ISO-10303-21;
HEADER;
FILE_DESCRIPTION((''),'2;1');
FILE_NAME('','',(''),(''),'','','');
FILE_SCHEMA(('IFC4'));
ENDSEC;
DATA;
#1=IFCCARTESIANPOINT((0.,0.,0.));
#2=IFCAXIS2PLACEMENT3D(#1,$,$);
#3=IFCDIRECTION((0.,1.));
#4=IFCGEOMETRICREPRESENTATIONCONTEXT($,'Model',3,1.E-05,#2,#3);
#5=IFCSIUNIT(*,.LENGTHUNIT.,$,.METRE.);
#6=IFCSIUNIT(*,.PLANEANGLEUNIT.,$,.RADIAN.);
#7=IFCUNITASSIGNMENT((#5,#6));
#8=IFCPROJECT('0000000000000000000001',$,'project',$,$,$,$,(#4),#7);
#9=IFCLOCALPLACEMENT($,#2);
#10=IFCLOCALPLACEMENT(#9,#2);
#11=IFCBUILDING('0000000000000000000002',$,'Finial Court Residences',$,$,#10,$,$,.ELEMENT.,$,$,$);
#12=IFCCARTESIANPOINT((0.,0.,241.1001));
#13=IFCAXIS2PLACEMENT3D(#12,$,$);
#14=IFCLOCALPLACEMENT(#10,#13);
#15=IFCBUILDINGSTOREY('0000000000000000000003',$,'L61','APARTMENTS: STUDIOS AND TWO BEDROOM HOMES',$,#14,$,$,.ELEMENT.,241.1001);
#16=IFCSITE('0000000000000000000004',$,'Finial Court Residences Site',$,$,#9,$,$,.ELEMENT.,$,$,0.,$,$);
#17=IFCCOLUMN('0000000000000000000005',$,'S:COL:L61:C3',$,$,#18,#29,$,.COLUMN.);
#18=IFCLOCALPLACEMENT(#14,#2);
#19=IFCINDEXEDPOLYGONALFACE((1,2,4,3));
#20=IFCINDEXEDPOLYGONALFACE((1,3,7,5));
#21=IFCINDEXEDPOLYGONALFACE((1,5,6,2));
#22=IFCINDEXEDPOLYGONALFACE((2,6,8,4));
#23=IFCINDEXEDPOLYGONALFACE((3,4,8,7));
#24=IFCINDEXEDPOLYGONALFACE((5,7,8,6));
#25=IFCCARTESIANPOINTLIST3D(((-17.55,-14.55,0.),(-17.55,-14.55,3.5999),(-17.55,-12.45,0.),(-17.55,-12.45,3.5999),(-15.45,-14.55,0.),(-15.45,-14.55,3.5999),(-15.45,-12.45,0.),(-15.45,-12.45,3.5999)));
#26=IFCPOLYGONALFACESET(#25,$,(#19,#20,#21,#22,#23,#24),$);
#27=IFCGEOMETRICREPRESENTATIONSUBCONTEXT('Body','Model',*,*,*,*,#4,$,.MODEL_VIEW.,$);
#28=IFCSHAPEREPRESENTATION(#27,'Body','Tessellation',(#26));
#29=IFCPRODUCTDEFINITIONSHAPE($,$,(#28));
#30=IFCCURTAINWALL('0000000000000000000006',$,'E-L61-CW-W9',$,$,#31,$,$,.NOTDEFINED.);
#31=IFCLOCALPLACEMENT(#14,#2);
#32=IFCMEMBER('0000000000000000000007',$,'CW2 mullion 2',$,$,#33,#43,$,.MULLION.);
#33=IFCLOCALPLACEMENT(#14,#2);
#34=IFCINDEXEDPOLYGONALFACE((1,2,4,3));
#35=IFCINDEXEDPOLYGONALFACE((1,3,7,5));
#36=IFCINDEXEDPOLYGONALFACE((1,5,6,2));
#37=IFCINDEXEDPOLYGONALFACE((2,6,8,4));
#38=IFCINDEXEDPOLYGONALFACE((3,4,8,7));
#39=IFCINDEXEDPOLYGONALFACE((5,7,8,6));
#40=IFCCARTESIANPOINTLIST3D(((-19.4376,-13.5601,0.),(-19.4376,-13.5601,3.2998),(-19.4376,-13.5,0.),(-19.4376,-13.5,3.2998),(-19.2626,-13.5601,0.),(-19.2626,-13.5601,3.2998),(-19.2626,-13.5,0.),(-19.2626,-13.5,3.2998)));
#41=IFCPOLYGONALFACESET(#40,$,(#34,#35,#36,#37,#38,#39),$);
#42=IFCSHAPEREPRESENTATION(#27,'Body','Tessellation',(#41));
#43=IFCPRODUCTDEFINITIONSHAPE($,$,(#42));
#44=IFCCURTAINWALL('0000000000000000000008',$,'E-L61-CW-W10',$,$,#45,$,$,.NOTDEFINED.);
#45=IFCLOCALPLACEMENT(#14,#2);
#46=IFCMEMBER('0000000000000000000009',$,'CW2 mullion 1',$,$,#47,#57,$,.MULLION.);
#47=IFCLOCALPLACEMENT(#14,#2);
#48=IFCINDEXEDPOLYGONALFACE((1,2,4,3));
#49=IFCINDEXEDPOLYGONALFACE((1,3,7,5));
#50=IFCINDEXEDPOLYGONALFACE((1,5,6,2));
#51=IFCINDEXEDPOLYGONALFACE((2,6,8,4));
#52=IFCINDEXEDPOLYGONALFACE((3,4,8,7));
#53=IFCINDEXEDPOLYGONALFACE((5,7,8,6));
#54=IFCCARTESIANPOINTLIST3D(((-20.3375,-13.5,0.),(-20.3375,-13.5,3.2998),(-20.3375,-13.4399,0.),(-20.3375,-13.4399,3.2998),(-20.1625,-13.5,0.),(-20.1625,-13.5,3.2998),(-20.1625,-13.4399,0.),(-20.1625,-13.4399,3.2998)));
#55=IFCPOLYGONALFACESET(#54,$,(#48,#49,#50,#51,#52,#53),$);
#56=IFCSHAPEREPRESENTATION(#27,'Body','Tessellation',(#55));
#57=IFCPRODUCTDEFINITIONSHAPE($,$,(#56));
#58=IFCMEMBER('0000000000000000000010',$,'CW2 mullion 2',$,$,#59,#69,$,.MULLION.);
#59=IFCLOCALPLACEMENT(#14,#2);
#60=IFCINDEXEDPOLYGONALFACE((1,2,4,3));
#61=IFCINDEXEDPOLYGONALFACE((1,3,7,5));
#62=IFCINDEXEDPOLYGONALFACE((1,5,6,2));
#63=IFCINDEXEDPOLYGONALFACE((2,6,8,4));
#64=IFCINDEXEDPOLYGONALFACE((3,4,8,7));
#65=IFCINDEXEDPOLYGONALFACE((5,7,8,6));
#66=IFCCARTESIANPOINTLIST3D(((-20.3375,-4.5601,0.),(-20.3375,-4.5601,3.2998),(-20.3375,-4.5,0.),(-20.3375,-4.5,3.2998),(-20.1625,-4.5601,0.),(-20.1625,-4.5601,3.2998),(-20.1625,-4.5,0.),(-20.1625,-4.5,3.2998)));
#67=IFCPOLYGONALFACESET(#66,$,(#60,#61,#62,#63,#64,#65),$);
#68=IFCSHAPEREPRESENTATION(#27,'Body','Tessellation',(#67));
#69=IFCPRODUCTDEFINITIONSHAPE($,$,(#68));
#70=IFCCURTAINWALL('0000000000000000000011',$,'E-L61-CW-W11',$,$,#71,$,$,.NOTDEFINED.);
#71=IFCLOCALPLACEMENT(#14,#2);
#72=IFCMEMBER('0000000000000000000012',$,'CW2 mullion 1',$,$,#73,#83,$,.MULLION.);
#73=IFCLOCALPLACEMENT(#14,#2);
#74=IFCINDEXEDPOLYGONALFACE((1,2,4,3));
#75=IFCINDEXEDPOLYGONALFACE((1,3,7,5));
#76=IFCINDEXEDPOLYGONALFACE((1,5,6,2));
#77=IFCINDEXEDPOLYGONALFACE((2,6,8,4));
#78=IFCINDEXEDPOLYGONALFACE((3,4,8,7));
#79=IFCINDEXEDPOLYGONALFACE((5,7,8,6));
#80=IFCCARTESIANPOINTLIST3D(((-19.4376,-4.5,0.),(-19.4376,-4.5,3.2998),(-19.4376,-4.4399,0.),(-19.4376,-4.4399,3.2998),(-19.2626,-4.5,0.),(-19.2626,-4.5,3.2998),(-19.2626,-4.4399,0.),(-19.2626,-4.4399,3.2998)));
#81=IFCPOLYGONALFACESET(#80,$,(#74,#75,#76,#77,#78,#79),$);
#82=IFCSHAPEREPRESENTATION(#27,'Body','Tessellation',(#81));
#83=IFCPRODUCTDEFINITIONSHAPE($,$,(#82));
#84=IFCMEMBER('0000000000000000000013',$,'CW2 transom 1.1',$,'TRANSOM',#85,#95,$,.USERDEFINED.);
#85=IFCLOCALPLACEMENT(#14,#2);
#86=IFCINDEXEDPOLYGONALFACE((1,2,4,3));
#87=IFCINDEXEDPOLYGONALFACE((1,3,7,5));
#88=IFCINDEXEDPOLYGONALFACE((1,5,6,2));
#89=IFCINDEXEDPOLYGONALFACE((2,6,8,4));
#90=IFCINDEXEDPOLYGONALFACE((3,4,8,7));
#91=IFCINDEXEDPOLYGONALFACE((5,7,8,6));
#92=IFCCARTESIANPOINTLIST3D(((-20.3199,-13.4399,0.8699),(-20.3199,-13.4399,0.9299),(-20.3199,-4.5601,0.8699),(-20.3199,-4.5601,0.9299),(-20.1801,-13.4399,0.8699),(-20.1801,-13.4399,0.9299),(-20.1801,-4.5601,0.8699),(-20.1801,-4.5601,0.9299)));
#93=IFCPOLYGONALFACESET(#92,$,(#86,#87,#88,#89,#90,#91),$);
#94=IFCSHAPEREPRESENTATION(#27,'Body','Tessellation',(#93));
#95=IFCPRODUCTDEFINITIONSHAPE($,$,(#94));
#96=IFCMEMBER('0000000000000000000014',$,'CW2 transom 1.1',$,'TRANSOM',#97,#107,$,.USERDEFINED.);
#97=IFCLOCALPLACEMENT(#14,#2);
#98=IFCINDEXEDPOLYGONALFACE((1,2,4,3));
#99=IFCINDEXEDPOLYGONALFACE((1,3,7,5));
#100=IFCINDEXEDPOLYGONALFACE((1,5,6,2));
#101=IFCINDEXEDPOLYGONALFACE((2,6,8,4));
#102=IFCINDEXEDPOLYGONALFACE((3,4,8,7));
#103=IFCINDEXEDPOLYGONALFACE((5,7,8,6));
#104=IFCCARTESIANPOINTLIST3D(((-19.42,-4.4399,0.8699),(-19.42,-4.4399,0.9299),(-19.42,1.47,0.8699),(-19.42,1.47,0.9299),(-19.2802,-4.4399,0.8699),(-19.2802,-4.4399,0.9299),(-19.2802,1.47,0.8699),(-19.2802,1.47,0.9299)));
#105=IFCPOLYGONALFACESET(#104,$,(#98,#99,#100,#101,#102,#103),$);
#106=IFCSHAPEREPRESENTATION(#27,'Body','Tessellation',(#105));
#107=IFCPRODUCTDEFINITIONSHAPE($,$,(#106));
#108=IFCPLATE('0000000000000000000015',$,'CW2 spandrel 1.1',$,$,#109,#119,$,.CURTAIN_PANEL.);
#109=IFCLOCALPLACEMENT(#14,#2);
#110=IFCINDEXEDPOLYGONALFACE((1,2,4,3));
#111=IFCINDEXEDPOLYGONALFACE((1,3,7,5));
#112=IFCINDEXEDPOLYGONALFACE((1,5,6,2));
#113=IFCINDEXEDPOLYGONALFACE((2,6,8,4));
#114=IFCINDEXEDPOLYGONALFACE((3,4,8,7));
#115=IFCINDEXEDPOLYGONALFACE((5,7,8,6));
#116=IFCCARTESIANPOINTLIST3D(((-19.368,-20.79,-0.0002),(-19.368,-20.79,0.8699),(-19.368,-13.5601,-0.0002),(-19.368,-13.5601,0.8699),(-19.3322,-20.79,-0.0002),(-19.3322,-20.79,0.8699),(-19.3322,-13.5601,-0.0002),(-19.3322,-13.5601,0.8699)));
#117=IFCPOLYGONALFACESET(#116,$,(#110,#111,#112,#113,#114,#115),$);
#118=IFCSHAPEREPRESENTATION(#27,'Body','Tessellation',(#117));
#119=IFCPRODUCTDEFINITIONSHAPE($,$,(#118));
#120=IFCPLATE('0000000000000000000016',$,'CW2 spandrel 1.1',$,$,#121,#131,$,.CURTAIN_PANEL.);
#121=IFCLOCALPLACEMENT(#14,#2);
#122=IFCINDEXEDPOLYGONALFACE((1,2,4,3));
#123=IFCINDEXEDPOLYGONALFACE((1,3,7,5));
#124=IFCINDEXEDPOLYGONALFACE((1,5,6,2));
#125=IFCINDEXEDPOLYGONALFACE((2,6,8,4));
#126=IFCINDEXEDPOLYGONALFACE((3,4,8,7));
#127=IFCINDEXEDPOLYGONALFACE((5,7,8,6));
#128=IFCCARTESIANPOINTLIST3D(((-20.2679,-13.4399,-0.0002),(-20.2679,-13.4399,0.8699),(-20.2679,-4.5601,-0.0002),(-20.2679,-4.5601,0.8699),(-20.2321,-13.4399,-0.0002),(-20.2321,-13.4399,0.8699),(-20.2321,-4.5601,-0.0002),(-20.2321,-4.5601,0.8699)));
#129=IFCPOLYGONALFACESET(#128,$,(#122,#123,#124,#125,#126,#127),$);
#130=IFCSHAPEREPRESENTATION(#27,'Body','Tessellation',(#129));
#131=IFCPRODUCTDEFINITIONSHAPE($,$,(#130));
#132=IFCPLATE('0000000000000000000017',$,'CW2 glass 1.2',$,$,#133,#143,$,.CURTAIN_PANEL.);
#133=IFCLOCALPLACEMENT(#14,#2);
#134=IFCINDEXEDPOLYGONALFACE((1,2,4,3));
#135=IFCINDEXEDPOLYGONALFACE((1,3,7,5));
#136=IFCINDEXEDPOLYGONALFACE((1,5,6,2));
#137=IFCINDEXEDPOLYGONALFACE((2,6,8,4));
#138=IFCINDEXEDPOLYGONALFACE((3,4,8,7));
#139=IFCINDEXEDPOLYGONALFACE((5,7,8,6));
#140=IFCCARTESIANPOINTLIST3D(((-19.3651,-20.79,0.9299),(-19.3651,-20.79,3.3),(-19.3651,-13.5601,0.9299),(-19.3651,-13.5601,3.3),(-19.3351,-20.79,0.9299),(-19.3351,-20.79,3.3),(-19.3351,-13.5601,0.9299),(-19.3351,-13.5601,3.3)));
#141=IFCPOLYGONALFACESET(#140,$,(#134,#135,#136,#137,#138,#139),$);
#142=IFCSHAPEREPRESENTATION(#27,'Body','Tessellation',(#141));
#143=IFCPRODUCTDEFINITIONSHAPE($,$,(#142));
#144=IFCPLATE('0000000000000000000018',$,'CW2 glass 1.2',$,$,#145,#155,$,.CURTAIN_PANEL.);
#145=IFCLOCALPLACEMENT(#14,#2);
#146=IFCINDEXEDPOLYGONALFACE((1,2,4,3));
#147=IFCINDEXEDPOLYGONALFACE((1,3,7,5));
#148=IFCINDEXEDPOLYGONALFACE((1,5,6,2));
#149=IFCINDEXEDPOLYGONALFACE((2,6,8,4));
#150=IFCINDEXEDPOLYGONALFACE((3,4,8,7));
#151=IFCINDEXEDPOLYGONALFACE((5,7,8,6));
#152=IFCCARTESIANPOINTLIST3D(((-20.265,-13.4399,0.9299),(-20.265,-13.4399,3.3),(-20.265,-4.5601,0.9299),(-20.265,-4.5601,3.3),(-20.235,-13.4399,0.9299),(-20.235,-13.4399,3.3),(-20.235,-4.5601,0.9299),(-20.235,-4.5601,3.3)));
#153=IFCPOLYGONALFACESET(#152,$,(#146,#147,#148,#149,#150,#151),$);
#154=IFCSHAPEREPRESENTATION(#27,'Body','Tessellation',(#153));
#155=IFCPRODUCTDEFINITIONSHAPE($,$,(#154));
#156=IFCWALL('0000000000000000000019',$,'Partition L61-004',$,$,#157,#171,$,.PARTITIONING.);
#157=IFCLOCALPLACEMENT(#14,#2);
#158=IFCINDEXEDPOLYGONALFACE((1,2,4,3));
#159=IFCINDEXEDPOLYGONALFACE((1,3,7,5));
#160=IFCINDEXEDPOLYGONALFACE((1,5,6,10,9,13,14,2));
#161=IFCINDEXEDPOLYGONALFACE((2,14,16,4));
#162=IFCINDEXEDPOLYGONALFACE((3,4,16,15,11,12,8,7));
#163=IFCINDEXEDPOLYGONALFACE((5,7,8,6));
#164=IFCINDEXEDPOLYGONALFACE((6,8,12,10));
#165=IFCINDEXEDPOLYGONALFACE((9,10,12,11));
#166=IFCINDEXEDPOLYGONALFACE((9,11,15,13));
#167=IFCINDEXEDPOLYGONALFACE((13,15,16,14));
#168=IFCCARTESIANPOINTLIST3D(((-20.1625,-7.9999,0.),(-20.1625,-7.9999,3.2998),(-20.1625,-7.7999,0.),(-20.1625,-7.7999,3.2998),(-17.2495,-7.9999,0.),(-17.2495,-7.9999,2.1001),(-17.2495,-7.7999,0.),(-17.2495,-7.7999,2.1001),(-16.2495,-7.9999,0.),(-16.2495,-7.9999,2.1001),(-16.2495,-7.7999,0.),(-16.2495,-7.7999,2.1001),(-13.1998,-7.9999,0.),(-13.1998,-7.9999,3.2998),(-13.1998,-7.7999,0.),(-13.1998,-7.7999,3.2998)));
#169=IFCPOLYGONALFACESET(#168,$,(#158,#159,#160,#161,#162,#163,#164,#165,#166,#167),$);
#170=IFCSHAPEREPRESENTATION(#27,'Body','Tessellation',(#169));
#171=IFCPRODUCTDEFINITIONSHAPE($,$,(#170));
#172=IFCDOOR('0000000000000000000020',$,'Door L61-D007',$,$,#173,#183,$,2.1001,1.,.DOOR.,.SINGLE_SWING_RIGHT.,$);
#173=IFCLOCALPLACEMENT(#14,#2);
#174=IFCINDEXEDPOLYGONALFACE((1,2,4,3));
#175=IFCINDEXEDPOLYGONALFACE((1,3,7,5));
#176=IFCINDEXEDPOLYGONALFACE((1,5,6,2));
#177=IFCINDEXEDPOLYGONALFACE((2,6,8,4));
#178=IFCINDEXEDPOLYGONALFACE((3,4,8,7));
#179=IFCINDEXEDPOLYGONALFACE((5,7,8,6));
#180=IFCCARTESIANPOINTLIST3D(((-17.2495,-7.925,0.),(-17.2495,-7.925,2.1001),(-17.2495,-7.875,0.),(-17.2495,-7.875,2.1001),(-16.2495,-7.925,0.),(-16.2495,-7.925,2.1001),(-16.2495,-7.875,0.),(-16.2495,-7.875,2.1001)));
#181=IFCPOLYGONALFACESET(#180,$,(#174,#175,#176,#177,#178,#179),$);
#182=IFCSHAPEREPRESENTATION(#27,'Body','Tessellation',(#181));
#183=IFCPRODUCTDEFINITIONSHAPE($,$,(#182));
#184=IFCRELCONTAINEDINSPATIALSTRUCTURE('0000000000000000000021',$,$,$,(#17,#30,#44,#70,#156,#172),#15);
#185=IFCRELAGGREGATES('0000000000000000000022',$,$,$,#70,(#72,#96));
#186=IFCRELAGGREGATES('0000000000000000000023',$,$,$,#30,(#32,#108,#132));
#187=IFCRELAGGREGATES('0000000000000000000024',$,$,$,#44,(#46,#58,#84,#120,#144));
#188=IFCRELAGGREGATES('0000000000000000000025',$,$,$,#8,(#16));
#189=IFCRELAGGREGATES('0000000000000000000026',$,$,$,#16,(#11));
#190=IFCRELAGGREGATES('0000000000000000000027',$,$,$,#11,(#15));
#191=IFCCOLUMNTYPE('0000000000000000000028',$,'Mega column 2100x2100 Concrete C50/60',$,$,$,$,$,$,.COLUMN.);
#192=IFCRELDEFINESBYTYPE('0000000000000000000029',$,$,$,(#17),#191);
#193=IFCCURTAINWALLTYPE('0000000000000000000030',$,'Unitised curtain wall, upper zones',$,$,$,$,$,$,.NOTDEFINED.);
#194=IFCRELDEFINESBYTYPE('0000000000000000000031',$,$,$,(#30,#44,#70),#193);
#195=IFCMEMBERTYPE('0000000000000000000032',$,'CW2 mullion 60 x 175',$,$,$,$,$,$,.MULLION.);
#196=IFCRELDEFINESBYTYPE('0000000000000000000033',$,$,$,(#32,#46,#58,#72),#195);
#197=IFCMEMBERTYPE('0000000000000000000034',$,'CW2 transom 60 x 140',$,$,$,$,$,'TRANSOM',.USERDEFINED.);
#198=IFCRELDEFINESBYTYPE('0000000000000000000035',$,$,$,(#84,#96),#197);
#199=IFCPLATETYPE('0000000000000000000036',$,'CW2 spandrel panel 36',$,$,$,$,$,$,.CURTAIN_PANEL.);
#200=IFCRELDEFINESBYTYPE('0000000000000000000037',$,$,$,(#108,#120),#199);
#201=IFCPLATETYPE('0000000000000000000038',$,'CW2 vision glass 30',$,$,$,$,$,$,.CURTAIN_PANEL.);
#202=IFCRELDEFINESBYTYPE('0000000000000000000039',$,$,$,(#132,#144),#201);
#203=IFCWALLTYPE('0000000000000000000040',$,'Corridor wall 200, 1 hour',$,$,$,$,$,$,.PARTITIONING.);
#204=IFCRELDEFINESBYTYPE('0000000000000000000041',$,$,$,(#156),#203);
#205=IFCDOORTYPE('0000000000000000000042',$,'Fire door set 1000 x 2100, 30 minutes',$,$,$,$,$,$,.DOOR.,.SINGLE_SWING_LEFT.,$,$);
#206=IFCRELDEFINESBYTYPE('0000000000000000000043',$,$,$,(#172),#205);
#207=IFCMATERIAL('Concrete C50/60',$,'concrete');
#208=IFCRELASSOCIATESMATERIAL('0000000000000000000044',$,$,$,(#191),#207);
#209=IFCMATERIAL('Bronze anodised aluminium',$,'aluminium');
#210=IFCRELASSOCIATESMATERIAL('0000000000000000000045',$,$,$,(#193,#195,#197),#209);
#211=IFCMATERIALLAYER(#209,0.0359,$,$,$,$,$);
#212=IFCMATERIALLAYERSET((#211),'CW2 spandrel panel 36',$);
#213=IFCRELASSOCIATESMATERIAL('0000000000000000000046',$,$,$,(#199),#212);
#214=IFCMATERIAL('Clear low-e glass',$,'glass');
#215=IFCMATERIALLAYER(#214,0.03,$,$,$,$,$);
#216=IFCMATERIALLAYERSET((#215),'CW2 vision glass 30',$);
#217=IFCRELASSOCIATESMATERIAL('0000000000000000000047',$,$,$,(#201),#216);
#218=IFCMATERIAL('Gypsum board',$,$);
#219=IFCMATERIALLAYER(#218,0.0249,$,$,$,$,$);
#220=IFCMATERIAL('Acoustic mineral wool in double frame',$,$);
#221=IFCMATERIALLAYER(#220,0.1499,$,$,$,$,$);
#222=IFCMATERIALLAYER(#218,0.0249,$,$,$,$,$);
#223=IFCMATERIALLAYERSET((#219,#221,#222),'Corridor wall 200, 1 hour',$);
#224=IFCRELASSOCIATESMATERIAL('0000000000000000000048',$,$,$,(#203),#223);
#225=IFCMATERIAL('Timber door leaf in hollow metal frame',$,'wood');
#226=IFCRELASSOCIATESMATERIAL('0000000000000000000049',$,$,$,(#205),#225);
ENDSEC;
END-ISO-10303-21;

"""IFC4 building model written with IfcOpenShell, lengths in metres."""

from ifc_helpers import new_model, si_unit, direction, frame, frame_2d, origin, origin_2d, place, context, subcontext, project, spatial, rectangle, extrude, material, layer, layer_set, material_profile, profile_set, type_object, element, fill, aggregate, save


model = new_model("IFC4")

# Units and contexts
model_context = context("Model", 3, precision=1e-05, world=origin(), true_north=direction((0.0, 1.0)))
body_context = subcontext(model_context, "Body", "Model", "MODEL_VIEW")
ifc_project = project(units=[si_unit("LENGTHUNIT", "METRE"), si_unit("PLANEANGLEUNIT", "RADIAN")], contexts=[model_context])

# Site, building, storey
site_placement = place(None, origin())
site = spatial("IfcSite", under=ifc_project, at=site_placement, Name="Finial Court Residences Site", CompositionType="ELEMENT", RefElevation=0.0)
building_placement = place(site_placement, origin())
building = spatial("IfcBuilding", under=site, at=building_placement, Name="Finial Court Residences", CompositionType="ELEMENT")
storey_placement = place(building_placement, frame((0.0, 0.0, 241.1001)))
storey = spatial("IfcBuildingStorey", under=building, at=storey_placement, Name="L61", Description="APARTMENTS: STUDIOS AND TWO BEDROOM HOMES", CompositionType="ELEMENT", Elevation=241.1001)

# Column
ifc_material_1 = material(Name="Concrete C50/60", Category="concrete")
ifc_material_profile_1 = material_profile(ifc_material_1, rectangle(XDim=2.1001, YDim=2.1001, at=origin_2d()), Name="2100x2100")
ifc_profile_set_1 = profile_set([ifc_material_profile_1], Name="Concrete C50/60")
column_type = type_object("IfcColumnType", Name="Mega column 2100x2100 Concrete C50/60", PredefinedType="COLUMN", material=ifc_profile_set_1)
column_placement = place(storey_placement, frame((-16.5, -13.5, 0.0), z_axis=(0.0, 0.0, 1.0), x_axis=(1.0, 0.0, 0.0)))
element("IfcColumn", 1, at=column_placement, inside=storey, type_object=column_type, Name="S:COL:L61:C3", PredefinedType="COLUMN", context=body_context, shape_type="SweptSolid", body=[
    extrude(rectangle(XDim=2.1001, YDim=2.1001, at=origin_2d()), origin(), (0.0, 0.0, 1.0), 3.5999),
])

# Curtain wall, member
ifc_material_2 = material(Name="Bronze anodised aluminium", Category="aluminium")
curtain_wall_type = type_object("IfcCurtainWallType", Name="Unitised curtain wall, upper zones", PredefinedType="NOTDEFINED", material=ifc_material_2)
curtain_wall_1_placement = place(storey_placement, origin())
curtain_wall_1 = element("IfcCurtainWall", 2, at=curtain_wall_1_placement, inside=storey, type_object=curtain_wall_type, Name="E-L61-CW-W9", PredefinedType="NOTDEFINED")
ifc_material_profile_2 = material_profile(ifc_material_2, rectangle(XDim=0.175, YDim=0.0601, at=origin_2d()), Name="CW2 mullion 60 x 175")
ifc_profile_set_2 = profile_set([ifc_material_profile_2], Name="Bronze anodised aluminium")
member_type_1 = type_object("IfcMemberType", Name="CW2 mullion 60 x 175", PredefinedType="MULLION", material=ifc_profile_set_2)
member_1_placement = place(storey_placement, frame((-19.3501, -13.53, 0.0), z_axis=(0.0, 0.0, 1.0), x_axis=(-1.0, 0.0, 0.0)))
member_1 = element("IfcMember", 3, at=member_1_placement, type_object=member_type_1, Name="CW2 mullion 2", PredefinedType="MULLION", context=body_context, shape_type="SweptSolid", body=[
    extrude(rectangle(XDim=0.175, YDim=0.0601, at=origin_2d()), origin(), (0.0, 0.0, 1.0), 3.2998),
])

# Curtain wall, members
curtain_wall_2_placement = place(storey_placement, origin())
curtain_wall_2 = element("IfcCurtainWall", 4, at=curtain_wall_2_placement, inside=storey, type_object=curtain_wall_type, Name="E-L61-CW-W10", PredefinedType="NOTDEFINED")
member_2_placement = place(storey_placement, frame((-20.25, -13.47, 0.0), z_axis=(0.0, 0.0, 1.0), x_axis=(-1.0, 0.0, 0.0)))
member_2 = element("IfcMember", 5, at=member_2_placement, type_object=member_type_1, Name="CW2 mullion 1", PredefinedType="MULLION", context=body_context, shape_type="SweptSolid", body=[
    extrude(rectangle(XDim=0.175, YDim=0.0601, at=origin_2d()), origin(), (0.0, 0.0, 1.0), 3.2998),
])
member_3_placement = place(storey_placement, frame((-20.25, -4.53, 0.0), z_axis=(0.0, 0.0, 1.0), x_axis=(-1.0, 0.0, 0.0)))
member_3 = element("IfcMember", 6, at=member_3_placement, type_object=member_type_1, Name="CW2 mullion 2", PredefinedType="MULLION", context=body_context, shape_type="SweptSolid", body=[
    extrude(rectangle(XDim=0.175, YDim=0.0601, at=origin_2d()), origin(), (0.0, 0.0, 1.0), 3.2998),
])

# Curtain wall, member
curtain_wall_3_placement = place(storey_placement, origin())
curtain_wall_3 = element("IfcCurtainWall", 7, at=curtain_wall_3_placement, inside=storey, type_object=curtain_wall_type, Name="E-L61-CW-W11", PredefinedType="NOTDEFINED")
member_4_placement = place(storey_placement, frame((-19.3501, -4.47, 0.0), z_axis=(0.0, 0.0, 1.0), x_axis=(-1.0, 0.0, 0.0)))
member_4 = element("IfcMember", 8, at=member_4_placement, type_object=member_type_1, Name="CW2 mullion 1", PredefinedType="MULLION", context=body_context, shape_type="SweptSolid", body=[
    extrude(rectangle(XDim=0.175, YDim=0.0601, at=origin_2d()), origin(), (0.0, 0.0, 1.0), 3.2998),
])

# Members
ifc_material_profile_3 = material_profile(ifc_material_2, rectangle(XDim=0.1399, YDim=0.0601, at=origin_2d()), Name="CW2 transom 60 x 140")
ifc_profile_set_3 = profile_set([ifc_material_profile_3], Name="Bronze anodised aluminium")
member_type_2 = type_object("IfcMemberType", Name="CW2 transom 60 x 140", ElementType="TRANSOM", PredefinedType="USERDEFINED", material=ifc_profile_set_3)
member_5_placement = place(storey_placement, frame((-20.25, -13.4399, 0.8999), z_axis=(0.0, 1.0, 0.0), x_axis=(-1.0, 0.0, 0.0)))
member_5 = element("IfcMember", 9, at=member_5_placement, type_object=member_type_2, Name="CW2 transom 1.1", ObjectType="TRANSOM", PredefinedType="USERDEFINED", context=body_context, shape_type="SweptSolid", body=[
    extrude(rectangle(XDim=0.1399, YDim=0.0601, at=origin_2d()), origin(), (0.0, 0.0, 1.0), 8.8799),
])
member_6_placement = place(storey_placement, frame((-19.3501, -4.4399, 0.8999), z_axis=(0.0, 1.0, 0.0), x_axis=(-1.0, 0.0, 0.0)))
member_6 = element("IfcMember", 10, at=member_6_placement, type_object=member_type_2, Name="CW2 transom 1.1", ObjectType="TRANSOM", PredefinedType="USERDEFINED", context=body_context, shape_type="SweptSolid", body=[
    extrude(rectangle(XDim=0.1399, YDim=0.0601, at=origin_2d()), origin(), (0.0, 0.0, 1.0), 5.9099),
])
aggregate(curtain_wall_3, [member_4, member_6])

# Plates
ifc_layer_1 = layer(ifc_material_2, 0.0359)
ifc_layer_set_1 = layer_set([ifc_layer_1], Name="CW2 spandrel panel 36")
plate_type_1 = type_object("IfcPlateType", Name="CW2 spandrel panel 36", PredefinedType="CURTAIN_PANEL", material=ifc_layer_set_1)
plate_1_placement = place(storey_placement, frame((-19.3501, -17.175, -0.0002), z_axis=(0.0, 0.0, 1.0), x_axis=(0.0, 1.0, 0.0)))
plate_1 = element("IfcPlate", 11, at=plate_1_placement, type_object=plate_type_1, Name="CW2 spandrel 1.1", PredefinedType="CURTAIN_PANEL", context=body_context, shape_type="SweptSolid", body=[
    extrude(rectangle(XDim=7.23, YDim=0.0359, at=origin_2d()), origin(), (0.0, 0.0, 1.0), 0.8701),
])
plate_2_placement = place(storey_placement, frame((-20.25, -9.0, -0.0002), z_axis=(0.0, 0.0, 1.0), x_axis=(0.0, 1.0, 0.0)))
plate_2 = element("IfcPlate", 12, at=plate_2_placement, type_object=plate_type_1, Name="CW2 spandrel 1.1", PredefinedType="CURTAIN_PANEL", context=body_context, shape_type="SweptSolid", body=[
    extrude(rectangle(XDim=8.8799, YDim=0.0359, at=origin_2d()), origin(), (0.0, 0.0, 1.0), 0.8701),
])
ifc_material_3 = material(Name="Clear low-e glass", Category="glass")
ifc_layer_2 = layer(ifc_material_3, 0.03)
ifc_layer_set_2 = layer_set([ifc_layer_2], Name="CW2 vision glass 30")
plate_type_2 = type_object("IfcPlateType", Name="CW2 vision glass 30", PredefinedType="CURTAIN_PANEL", material=ifc_layer_set_2)
plate_3_placement = place(storey_placement, frame((-19.3501, -17.175, 0.9299), z_axis=(0.0, 0.0, 1.0), x_axis=(0.0, 1.0, 0.0)))
plate_3 = element("IfcPlate", 13, at=plate_3_placement, type_object=plate_type_2, Name="CW2 glass 1.2", PredefinedType="CURTAIN_PANEL", context=body_context, shape_type="SweptSolid", body=[
    extrude(rectangle(XDim=7.23, YDim=0.03, at=origin_2d()), origin(), (0.0, 0.0, 1.0), 2.3701),
])
aggregate(curtain_wall_1, [member_1, plate_1, plate_3])
plate_4_placement = place(storey_placement, frame((-20.25, -9.0, 0.9299), z_axis=(0.0, 0.0, 1.0), x_axis=(0.0, 1.0, 0.0)))
plate_4 = element("IfcPlate", 14, at=plate_4_placement, type_object=plate_type_2, Name="CW2 glass 1.2", PredefinedType="CURTAIN_PANEL", context=body_context, shape_type="SweptSolid", body=[
    extrude(rectangle(XDim=8.8799, YDim=0.03, at=origin_2d()), origin(), (0.0, 0.0, 1.0), 2.3701),
])
aggregate(curtain_wall_2, [member_2, member_3, member_5, plate_2, plate_4])

# Wall, opening, door
ifc_material_4 = material(Name="Gypsum board")
ifc_layer_3 = layer(ifc_material_4, 0.0249)
ifc_material_5 = material(Name="Acoustic mineral wool in double frame")
ifc_layer_4 = layer(ifc_material_5, 0.1499)
ifc_layer_5 = layer(ifc_material_4, 0.0249)
ifc_layer_set_3 = layer_set([ifc_layer_3, ifc_layer_4, ifc_layer_5], Name="Corridor wall 200, 1 hour")
wall_type_1 = type_object("IfcWallType", Name="Corridor wall 200, 1 hour", PredefinedType="PARTITIONING", material=ifc_layer_set_3)
wall_1_placement = place(storey_placement, frame((-20.1626, -7.8999, 0.0), z_axis=(0.0, 0.0, 1.0), x_axis=(1.0, 0.0, 0.0)))
wall_1 = element("IfcWall", 15, at=wall_1_placement, inside=storey, type_object=wall_type_1, Name="Partition L61-004", PredefinedType="PARTITIONING", context=body_context, shape_type="SweptSolid", body=[
    extrude(rectangle(XDim=6.9626, YDim=0.2, at=frame_2d((3.4814, 0.0))), origin(), (0.0, 0.0, 1.0), 3.2998),
])
opening_1_placement = place(wall_1_placement, frame((2.9131, 0.0, 0.0)))
opening_1 = element("IfcOpeningElement", 16, at=opening_1_placement, cuts=wall_1, PredefinedType="OPENING", context=body_context, shape_type="SweptSolid", body=[
    extrude(rectangle(XDim=1.0, YDim=2.1001, at=frame_2d((0.5, 1.05))), frame((0.0, 0.1099, 0.0), z_axis=(0.0, -1.0, 0.0), x_axis=(1.0, 0.0, 0.0)), (0.0, 0.0, 1.0), 0.22),
])
ifc_material_6 = material(Name="Timber door leaf in hollow metal frame", Category="wood")
door_type_1 = type_object("IfcDoorType", Name="Fire door set 1000 x 2100, 30 minutes", OperationType="SINGLE_SWING_LEFT", PredefinedType="DOOR", material=ifc_material_6)
door_1_placement = place(opening_1_placement, origin())
door_1 = element("IfcDoor", 17, at=door_1_placement, inside=storey, type_object=door_type_1, Name="Door L61-D007", OperationType="SINGLE_SWING_RIGHT", OverallHeight=2.1001, OverallWidth=1.0, PredefinedType="DOOR", context=body_context, shape_type="SweptSolid", body=[
    extrude(rectangle(XDim=1.0, YDim=2.1001, at=frame_2d((0.5, 1.05))), frame((0.0, 0.0249, 0.0), z_axis=(0.0, -1.0, 0.0), x_axis=(1.0, 0.0, 0.0)), (0.0, 0.0, 1.0), 0.05),
])
fill(opening_1, door_1)

save(model, "model.ifc")
